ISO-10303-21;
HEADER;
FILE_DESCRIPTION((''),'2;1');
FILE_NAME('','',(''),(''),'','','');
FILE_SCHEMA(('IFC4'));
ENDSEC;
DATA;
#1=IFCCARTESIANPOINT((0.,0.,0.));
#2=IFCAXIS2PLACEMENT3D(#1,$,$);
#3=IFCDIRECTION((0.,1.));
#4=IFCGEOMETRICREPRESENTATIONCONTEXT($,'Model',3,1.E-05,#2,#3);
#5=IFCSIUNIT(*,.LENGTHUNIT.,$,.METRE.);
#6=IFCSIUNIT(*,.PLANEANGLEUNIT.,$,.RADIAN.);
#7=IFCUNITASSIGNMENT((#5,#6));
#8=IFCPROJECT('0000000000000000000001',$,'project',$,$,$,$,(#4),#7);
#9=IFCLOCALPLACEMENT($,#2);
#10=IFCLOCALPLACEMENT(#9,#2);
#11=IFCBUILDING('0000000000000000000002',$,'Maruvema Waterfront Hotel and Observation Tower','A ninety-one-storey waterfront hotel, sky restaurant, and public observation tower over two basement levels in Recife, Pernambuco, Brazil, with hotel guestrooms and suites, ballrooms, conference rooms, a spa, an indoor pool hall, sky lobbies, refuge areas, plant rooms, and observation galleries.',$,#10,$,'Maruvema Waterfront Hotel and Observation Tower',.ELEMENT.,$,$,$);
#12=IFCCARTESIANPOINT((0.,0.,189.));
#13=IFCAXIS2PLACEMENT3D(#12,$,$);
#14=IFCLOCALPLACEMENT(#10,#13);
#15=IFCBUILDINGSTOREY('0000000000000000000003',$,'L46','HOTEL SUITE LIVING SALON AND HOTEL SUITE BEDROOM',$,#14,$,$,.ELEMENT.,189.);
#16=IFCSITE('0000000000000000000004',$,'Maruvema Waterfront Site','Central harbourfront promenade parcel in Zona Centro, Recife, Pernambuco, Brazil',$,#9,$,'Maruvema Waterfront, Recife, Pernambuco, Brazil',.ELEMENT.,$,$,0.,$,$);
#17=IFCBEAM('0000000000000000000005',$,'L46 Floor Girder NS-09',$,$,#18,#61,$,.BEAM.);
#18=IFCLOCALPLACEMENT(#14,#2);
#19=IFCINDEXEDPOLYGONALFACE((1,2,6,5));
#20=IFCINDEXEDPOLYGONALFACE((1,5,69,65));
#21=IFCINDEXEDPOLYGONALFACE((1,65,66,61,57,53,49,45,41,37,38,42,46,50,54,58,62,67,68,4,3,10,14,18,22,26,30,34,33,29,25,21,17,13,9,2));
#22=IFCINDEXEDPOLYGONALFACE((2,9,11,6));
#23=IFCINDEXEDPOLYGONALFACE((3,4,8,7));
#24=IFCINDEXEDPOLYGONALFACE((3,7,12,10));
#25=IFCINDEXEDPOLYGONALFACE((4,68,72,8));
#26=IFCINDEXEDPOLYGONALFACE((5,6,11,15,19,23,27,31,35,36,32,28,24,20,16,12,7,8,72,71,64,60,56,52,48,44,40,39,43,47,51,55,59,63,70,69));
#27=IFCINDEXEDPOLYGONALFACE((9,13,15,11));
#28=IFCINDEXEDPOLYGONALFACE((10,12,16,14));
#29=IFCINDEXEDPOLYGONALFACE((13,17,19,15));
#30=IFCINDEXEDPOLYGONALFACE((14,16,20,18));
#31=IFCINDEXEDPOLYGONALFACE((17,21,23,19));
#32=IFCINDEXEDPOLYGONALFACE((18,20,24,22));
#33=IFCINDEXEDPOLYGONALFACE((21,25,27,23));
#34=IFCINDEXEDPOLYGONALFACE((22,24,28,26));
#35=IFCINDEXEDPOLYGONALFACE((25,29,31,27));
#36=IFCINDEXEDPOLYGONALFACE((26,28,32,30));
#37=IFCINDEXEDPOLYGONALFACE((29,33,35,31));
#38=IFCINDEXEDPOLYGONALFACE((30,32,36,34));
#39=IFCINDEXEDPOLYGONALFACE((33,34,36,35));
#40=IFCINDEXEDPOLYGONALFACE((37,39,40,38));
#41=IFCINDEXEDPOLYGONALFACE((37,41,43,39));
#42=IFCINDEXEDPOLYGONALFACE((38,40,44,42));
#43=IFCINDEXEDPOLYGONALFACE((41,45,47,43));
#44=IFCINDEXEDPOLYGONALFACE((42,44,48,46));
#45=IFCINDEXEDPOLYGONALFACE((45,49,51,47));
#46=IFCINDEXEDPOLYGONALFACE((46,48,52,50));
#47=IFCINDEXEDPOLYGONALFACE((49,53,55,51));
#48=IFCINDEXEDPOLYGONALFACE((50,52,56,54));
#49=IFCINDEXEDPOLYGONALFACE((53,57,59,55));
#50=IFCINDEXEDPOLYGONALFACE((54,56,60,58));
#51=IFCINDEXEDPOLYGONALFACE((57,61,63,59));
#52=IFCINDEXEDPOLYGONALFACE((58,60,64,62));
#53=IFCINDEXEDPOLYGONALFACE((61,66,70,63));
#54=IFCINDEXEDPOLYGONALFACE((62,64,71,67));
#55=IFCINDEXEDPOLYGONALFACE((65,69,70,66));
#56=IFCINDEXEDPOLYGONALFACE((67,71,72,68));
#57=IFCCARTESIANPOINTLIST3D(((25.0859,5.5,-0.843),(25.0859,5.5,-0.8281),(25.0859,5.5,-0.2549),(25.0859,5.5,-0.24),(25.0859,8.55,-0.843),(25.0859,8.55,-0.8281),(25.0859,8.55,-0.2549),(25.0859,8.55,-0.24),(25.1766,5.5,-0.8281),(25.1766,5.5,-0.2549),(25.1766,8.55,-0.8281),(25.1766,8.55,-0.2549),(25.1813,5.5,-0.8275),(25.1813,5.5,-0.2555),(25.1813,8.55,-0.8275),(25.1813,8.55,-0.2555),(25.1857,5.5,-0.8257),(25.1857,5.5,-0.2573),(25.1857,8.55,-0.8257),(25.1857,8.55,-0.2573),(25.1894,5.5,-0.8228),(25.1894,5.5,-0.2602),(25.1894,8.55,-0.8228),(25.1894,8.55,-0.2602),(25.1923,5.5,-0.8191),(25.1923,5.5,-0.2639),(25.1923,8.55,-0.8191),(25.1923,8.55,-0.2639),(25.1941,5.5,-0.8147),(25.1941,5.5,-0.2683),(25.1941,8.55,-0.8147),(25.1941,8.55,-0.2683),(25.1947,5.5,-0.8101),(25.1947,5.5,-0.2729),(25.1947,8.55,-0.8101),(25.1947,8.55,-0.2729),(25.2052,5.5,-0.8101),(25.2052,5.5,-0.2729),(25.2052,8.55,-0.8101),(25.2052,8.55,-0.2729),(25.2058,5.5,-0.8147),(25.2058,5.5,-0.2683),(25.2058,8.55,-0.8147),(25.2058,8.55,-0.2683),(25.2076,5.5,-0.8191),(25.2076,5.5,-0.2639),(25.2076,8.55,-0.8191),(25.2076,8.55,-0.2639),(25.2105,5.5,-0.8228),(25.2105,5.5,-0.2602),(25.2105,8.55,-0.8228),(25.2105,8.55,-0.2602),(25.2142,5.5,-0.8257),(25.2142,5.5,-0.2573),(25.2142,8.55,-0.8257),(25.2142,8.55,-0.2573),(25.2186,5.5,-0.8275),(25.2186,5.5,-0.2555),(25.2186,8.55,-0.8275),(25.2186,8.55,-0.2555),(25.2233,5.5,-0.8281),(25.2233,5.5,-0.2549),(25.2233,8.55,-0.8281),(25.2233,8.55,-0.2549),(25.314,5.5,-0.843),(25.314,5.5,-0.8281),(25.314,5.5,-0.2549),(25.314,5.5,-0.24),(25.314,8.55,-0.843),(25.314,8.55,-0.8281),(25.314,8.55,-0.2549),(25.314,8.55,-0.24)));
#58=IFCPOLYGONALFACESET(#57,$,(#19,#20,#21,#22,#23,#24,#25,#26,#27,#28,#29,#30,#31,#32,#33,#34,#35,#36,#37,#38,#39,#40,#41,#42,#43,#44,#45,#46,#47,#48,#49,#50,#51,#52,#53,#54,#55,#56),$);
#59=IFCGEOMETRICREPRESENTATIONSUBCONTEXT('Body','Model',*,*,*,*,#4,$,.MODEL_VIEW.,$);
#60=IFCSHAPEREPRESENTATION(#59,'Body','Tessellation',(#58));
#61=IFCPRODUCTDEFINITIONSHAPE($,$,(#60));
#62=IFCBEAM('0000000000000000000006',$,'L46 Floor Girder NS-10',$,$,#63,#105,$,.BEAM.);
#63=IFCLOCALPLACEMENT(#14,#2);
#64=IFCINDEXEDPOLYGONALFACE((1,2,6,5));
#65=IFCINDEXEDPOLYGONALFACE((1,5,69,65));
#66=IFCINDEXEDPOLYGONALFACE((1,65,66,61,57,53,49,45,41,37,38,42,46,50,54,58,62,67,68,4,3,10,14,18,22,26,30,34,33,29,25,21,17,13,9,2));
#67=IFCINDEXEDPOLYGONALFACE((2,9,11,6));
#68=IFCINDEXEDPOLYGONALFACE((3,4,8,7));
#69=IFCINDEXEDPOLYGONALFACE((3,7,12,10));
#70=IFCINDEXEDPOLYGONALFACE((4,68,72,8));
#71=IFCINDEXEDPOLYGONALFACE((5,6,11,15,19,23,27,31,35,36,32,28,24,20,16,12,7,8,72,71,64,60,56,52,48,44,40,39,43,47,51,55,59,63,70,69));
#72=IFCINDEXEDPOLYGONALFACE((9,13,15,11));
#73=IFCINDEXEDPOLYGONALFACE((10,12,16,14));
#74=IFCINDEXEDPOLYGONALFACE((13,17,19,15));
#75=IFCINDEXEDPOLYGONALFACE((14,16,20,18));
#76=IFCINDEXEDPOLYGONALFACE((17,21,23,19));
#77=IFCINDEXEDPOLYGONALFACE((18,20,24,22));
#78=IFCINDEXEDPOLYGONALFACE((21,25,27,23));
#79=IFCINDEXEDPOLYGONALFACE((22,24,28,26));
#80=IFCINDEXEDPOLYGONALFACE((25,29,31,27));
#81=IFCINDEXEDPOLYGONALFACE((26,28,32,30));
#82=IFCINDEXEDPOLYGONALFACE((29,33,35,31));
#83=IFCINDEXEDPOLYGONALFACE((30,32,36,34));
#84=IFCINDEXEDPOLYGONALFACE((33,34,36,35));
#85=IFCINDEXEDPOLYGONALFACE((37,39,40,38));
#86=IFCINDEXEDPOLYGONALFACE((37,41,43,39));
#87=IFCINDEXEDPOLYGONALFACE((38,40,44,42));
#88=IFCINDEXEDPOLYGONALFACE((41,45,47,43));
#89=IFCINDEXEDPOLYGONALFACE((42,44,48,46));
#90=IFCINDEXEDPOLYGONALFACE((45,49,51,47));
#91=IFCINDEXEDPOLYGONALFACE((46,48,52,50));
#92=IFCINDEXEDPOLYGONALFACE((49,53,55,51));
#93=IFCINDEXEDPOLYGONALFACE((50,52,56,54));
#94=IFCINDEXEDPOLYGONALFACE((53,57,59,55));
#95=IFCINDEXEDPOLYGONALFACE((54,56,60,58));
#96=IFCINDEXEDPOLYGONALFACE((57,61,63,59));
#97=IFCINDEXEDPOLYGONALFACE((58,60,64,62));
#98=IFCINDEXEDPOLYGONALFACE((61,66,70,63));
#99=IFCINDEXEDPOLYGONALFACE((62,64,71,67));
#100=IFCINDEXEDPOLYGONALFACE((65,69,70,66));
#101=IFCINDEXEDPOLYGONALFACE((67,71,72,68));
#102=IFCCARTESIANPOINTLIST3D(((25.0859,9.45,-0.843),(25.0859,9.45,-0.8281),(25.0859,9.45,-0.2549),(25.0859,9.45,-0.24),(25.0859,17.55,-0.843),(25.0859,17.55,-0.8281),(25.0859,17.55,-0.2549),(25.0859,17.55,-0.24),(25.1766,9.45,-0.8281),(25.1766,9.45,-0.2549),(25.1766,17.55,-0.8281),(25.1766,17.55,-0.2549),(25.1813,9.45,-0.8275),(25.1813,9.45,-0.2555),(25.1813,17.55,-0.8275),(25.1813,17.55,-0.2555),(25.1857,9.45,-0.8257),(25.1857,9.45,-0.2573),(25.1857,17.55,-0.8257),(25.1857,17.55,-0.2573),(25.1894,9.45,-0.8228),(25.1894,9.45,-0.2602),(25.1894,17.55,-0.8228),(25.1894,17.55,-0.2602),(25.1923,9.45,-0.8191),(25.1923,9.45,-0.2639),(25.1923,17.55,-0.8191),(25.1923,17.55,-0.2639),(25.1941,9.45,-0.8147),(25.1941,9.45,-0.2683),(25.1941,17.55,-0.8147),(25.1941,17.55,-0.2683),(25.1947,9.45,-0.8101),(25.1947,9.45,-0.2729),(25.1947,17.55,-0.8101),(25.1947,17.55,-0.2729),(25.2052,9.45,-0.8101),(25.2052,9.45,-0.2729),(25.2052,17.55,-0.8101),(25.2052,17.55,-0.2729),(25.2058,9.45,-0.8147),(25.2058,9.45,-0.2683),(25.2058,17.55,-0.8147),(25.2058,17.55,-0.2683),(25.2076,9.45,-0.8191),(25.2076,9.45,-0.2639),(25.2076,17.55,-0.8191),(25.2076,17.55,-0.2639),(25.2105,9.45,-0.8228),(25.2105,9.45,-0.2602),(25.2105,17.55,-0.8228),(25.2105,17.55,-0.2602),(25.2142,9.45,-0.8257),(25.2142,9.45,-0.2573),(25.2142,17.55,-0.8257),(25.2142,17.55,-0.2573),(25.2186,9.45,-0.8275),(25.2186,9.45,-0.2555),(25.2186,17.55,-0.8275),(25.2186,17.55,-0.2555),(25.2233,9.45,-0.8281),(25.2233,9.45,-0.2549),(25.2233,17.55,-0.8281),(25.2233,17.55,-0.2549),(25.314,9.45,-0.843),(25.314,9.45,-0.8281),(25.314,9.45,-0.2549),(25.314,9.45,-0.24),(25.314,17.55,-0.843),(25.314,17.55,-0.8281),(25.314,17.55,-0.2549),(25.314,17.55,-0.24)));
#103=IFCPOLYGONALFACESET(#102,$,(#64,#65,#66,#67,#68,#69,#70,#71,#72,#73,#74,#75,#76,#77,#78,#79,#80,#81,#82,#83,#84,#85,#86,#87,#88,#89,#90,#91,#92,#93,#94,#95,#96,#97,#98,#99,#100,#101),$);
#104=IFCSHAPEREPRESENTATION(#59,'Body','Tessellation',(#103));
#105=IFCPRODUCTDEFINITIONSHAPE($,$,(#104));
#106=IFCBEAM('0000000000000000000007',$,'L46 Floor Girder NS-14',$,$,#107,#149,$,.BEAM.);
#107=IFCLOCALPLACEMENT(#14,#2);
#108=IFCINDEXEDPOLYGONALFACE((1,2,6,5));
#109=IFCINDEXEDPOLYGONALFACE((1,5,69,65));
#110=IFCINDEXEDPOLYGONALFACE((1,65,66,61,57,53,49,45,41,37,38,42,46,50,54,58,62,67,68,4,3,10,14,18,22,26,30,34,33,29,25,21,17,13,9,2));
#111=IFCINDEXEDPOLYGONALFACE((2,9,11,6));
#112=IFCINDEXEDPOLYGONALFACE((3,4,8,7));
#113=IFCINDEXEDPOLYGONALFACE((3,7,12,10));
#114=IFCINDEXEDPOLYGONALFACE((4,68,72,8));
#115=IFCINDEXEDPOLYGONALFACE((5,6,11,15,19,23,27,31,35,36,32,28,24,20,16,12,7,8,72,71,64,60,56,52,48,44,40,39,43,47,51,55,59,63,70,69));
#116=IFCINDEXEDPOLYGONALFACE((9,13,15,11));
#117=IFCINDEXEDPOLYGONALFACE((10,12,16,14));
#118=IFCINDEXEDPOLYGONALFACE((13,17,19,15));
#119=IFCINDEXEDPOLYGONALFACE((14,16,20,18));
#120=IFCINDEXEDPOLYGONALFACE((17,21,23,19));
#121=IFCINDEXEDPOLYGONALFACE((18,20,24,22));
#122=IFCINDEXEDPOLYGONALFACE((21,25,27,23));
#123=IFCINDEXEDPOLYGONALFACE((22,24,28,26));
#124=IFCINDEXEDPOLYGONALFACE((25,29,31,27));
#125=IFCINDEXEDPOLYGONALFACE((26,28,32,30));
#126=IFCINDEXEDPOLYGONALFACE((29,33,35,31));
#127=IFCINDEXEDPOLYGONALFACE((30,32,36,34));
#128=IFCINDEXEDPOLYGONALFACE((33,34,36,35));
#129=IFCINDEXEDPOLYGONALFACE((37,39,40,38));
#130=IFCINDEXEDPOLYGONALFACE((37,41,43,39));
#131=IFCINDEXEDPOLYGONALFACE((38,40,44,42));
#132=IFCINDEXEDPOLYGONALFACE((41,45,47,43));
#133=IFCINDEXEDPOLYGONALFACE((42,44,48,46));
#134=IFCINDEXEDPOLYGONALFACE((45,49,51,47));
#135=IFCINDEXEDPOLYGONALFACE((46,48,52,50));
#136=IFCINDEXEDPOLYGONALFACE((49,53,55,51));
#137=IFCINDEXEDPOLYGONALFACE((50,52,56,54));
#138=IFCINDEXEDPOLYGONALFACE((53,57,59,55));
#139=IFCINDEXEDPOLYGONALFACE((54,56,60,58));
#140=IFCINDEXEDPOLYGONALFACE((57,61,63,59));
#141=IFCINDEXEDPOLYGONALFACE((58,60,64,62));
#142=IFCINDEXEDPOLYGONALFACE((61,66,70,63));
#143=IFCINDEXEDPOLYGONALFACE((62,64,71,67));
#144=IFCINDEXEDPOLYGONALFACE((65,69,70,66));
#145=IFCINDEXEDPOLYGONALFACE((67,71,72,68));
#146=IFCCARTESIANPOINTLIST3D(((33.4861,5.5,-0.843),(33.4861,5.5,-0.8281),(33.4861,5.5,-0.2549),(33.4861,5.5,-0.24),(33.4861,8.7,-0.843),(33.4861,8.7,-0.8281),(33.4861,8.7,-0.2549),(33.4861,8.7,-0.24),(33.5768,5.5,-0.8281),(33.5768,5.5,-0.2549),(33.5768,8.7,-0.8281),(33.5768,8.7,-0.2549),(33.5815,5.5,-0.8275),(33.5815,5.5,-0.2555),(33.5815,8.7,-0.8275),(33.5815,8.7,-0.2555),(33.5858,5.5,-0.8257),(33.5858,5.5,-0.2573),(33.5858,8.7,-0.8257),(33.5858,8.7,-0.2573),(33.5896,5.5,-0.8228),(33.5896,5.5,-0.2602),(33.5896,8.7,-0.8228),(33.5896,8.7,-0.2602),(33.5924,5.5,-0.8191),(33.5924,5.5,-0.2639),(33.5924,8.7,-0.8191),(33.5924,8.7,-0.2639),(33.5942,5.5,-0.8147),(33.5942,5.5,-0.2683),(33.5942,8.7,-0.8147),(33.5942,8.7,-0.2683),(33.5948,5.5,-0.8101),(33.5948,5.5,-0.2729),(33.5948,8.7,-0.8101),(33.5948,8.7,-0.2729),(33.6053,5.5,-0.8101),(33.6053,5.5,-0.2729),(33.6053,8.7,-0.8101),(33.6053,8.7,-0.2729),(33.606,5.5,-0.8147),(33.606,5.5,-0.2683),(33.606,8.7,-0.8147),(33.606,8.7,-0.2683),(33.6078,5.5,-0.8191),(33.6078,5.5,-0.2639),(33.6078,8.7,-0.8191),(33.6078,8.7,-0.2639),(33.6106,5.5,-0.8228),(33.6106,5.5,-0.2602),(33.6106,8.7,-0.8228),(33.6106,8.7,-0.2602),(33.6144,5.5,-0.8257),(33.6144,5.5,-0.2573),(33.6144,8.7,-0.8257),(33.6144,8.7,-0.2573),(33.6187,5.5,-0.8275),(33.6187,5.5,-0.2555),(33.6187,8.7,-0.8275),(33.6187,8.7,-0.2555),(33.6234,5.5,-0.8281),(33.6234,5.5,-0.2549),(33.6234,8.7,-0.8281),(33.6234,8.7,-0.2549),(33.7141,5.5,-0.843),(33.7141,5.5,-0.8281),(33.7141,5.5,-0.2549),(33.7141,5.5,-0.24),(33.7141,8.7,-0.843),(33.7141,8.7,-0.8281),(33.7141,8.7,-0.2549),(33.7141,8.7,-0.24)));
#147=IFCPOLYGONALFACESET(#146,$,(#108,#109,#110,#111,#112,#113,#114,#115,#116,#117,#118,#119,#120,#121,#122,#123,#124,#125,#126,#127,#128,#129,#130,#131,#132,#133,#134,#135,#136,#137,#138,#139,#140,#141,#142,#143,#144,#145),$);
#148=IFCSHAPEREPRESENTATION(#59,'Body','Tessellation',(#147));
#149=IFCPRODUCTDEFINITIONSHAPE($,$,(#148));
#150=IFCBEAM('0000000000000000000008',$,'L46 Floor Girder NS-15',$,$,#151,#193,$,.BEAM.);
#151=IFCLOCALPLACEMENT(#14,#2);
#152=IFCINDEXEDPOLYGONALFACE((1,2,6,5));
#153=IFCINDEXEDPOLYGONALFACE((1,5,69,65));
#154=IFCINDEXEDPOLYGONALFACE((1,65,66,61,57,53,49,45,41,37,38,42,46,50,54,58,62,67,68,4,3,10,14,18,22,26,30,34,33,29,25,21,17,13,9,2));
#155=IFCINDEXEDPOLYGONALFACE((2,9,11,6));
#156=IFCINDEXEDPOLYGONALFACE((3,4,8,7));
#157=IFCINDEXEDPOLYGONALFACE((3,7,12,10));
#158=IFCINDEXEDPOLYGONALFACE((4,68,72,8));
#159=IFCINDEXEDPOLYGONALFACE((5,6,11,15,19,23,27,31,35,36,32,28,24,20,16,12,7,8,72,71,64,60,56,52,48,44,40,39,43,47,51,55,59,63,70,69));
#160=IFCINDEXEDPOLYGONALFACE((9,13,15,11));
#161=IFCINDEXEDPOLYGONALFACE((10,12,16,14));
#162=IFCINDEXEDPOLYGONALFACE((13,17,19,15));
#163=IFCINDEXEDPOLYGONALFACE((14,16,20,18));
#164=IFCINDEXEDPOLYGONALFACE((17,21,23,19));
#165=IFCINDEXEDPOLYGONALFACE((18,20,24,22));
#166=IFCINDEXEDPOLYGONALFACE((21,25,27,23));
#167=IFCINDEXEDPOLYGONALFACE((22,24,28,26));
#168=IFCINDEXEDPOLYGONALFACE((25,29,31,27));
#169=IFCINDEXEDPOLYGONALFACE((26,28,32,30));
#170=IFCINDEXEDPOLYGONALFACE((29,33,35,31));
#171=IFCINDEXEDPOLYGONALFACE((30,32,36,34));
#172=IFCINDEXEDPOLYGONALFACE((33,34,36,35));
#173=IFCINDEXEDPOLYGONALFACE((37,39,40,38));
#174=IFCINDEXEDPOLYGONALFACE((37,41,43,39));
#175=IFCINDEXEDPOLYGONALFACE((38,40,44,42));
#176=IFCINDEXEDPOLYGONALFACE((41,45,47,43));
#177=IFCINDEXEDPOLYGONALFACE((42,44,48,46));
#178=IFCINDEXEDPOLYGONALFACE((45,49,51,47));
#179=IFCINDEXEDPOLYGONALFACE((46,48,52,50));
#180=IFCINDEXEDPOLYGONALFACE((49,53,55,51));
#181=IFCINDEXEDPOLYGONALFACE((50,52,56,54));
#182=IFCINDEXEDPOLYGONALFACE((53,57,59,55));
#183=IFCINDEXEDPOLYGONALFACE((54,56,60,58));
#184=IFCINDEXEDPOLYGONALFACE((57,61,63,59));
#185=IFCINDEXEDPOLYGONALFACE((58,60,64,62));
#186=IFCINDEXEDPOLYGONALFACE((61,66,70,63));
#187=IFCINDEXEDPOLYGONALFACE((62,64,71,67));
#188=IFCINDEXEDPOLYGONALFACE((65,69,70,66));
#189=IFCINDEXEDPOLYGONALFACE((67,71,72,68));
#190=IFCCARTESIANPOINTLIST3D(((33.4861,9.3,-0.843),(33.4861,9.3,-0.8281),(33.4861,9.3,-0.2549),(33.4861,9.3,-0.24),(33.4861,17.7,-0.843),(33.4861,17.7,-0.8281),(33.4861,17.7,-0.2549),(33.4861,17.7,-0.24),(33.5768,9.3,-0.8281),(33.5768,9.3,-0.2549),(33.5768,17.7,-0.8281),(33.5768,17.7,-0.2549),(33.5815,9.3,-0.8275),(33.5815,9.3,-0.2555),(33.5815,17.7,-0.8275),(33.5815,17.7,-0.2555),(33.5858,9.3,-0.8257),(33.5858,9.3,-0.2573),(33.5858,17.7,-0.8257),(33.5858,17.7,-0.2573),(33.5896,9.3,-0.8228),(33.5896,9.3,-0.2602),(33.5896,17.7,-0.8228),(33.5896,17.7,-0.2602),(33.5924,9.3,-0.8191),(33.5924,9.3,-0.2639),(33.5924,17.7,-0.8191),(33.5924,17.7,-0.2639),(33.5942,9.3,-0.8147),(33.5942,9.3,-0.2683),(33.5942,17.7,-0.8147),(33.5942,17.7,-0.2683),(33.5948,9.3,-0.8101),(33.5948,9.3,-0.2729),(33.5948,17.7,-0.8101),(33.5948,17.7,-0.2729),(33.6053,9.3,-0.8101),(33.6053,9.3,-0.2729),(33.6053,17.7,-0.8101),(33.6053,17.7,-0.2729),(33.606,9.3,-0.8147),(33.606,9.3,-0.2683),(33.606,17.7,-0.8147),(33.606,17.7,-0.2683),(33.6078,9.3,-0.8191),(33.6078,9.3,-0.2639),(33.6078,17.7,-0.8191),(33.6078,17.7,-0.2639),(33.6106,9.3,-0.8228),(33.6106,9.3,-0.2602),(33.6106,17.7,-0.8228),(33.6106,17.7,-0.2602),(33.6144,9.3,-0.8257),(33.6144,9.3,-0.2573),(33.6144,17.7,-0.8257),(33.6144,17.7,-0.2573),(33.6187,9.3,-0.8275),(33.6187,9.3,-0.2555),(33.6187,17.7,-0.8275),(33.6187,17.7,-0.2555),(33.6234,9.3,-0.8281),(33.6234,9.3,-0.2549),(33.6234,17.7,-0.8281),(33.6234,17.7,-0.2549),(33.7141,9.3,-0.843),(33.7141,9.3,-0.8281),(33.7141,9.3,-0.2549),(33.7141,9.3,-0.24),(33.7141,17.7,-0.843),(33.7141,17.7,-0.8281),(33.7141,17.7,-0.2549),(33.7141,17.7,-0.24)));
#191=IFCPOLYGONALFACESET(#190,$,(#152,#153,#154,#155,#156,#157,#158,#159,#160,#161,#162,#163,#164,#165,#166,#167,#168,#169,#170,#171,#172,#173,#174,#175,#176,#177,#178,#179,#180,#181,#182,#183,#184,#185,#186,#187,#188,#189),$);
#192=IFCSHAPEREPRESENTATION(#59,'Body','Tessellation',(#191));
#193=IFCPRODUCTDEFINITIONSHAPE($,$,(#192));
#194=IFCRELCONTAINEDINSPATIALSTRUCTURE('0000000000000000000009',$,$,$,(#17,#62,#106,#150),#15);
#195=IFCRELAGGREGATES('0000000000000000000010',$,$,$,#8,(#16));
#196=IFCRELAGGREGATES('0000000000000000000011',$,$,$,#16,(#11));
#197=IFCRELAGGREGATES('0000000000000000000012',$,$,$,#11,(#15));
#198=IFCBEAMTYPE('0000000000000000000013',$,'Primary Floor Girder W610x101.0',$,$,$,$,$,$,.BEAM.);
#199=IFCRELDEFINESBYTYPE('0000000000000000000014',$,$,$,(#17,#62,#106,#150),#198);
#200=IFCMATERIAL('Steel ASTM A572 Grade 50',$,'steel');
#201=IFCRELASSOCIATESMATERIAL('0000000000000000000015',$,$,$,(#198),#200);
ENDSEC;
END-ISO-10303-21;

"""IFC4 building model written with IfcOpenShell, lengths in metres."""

from ifc_helpers import new_model, si_unit, direction, frame, origin, origin_2d, place, context, subcontext, project, spatial, i_section, extrude, material, material_profile, profile_set, type_object, element, save


model = new_model("IFC4")

# Units and contexts
model_context = context("Model", 3, precision=1e-05, world=origin(), true_north=direction((0.0, 1.0)))
body_context = subcontext(model_context, "Body", "Model", "MODEL_VIEW")
ifc_project = project(units=[si_unit("LENGTHUNIT", "METRE"), si_unit("PLANEANGLEUNIT", "RADIAN")], contexts=[model_context])

# Site, building, storey
site_placement = place(None, origin())
site = spatial("IfcSite", under=ifc_project, at=site_placement, Name="Maruvema Waterfront Site", Description="Central harbourfront promenade parcel in Zona Centro, Recife, Pernambuco, Brazil", LongName="Maruvema Waterfront, Recife, Pernambuco, Brazil", CompositionType="ELEMENT", RefElevation=0.0)
building_placement = place(site_placement, origin())
building = spatial("IfcBuilding", under=site, at=building_placement, Name="Maruvema Waterfront Hotel and Observation Tower", Description="A ninety-one-storey waterfront hotel, sky restaurant, and public observation tower over two basement levels in Recife, Pernambuco, Brazil, with hotel guestrooms and suites, ballrooms, conference rooms, a spa, an indoor pool hall, sky lobbies, refuge areas, plant rooms, and observation galleries.", LongName="Maruvema Waterfront Hotel and Observation Tower", CompositionType="ELEMENT")
storey_placement = place(building_placement, frame((0.0, 0.0, 189.0)))
storey = spatial("IfcBuildingStorey", under=building, at=storey_placement, Name="L46", Description="HOTEL SUITE LIVING SALON AND HOTEL SUITE BEDROOM", CompositionType="ELEMENT", Elevation=189.0)

# Beams
ifc_material_1 = material(Name="Steel ASTM A572 Grade 50", Category="steel")
ifc_material_profile_1 = material_profile(ifc_material_1, i_section(OverallWidth=0.228, OverallDepth=0.603, WebThickness=0.0105, FlangeThickness=0.0149, FilletRadius=0.0181, at=origin_2d()), Name="W610x101.0")
ifc_profile_set_1 = profile_set([ifc_material_profile_1], Name="Steel ASTM A572 Grade 50")
beam_type_1 = type_object("IfcBeamType", Name="Primary Floor Girder W610x101.0", PredefinedType="BEAM", material=ifc_profile_set_1)
beam_1_placement = place(storey_placement, frame((25.2, 5.5, -0.5415), z_axis=(0.0, 1.0, 0.0), x_axis=(-1.0, 0.0, 0.0)))
element("IfcBeam", 1, at=beam_1_placement, inside=storey, type_object=beam_type_1, Name="L46 Floor Girder NS-09", PredefinedType="BEAM", context=body_context, shape_type="SweptSolid", body=[
    extrude(i_section(OverallWidth=0.228, OverallDepth=0.603, WebThickness=0.0105, FlangeThickness=0.0149, FilletRadius=0.0181, at=origin_2d()), origin(), (0.0, 0.0, 1.0), 3.05),
])
beam_2_placement = place(storey_placement, frame((25.2, 9.45, -0.5415), z_axis=(0.0, 1.0, 0.0), x_axis=(-1.0, 0.0, 0.0)))
element("IfcBeam", 2, at=beam_2_placement, inside=storey, type_object=beam_type_1, Name="L46 Floor Girder NS-10", PredefinedType="BEAM", context=body_context, shape_type="SweptSolid", body=[
    extrude(i_section(OverallWidth=0.228, OverallDepth=0.603, WebThickness=0.0105, FlangeThickness=0.0149, FilletRadius=0.0181, at=origin_2d()), origin(), (0.0, 0.0, 1.0), 8.1001),
])
beam_3_placement = place(storey_placement, frame((33.6001, 5.5, -0.5415), z_axis=(0.0, 1.0, 0.0), x_axis=(-1.0, 0.0, 0.0)))
element("IfcBeam", 3, at=beam_3_placement, inside=storey, type_object=beam_type_1, Name="L46 Floor Girder NS-14", PredefinedType="BEAM", context=body_context, shape_type="SweptSolid", body=[
    extrude(i_section(OverallWidth=0.228, OverallDepth=0.603, WebThickness=0.0105, FlangeThickness=0.0149, FilletRadius=0.0181, at=origin_2d()), origin(), (0.0, 0.0, 1.0), 3.2),
])
beam_4_placement = place(storey_placement, frame((33.6001, 9.3, -0.5415), z_axis=(0.0, 1.0, 0.0), x_axis=(-1.0, 0.0, 0.0)))
element("IfcBeam", 4, at=beam_4_placement, inside=storey, type_object=beam_type_1, Name="L46 Floor Girder NS-15", PredefinedType="BEAM", context=body_context, shape_type="SweptSolid", body=[
    extrude(i_section(OverallWidth=0.228, OverallDepth=0.603, WebThickness=0.0105, FlangeThickness=0.0149, FilletRadius=0.0181, at=origin_2d()), origin(), (0.0, 0.0, 1.0), 8.3999),
])

save(model, "model.ifc")
